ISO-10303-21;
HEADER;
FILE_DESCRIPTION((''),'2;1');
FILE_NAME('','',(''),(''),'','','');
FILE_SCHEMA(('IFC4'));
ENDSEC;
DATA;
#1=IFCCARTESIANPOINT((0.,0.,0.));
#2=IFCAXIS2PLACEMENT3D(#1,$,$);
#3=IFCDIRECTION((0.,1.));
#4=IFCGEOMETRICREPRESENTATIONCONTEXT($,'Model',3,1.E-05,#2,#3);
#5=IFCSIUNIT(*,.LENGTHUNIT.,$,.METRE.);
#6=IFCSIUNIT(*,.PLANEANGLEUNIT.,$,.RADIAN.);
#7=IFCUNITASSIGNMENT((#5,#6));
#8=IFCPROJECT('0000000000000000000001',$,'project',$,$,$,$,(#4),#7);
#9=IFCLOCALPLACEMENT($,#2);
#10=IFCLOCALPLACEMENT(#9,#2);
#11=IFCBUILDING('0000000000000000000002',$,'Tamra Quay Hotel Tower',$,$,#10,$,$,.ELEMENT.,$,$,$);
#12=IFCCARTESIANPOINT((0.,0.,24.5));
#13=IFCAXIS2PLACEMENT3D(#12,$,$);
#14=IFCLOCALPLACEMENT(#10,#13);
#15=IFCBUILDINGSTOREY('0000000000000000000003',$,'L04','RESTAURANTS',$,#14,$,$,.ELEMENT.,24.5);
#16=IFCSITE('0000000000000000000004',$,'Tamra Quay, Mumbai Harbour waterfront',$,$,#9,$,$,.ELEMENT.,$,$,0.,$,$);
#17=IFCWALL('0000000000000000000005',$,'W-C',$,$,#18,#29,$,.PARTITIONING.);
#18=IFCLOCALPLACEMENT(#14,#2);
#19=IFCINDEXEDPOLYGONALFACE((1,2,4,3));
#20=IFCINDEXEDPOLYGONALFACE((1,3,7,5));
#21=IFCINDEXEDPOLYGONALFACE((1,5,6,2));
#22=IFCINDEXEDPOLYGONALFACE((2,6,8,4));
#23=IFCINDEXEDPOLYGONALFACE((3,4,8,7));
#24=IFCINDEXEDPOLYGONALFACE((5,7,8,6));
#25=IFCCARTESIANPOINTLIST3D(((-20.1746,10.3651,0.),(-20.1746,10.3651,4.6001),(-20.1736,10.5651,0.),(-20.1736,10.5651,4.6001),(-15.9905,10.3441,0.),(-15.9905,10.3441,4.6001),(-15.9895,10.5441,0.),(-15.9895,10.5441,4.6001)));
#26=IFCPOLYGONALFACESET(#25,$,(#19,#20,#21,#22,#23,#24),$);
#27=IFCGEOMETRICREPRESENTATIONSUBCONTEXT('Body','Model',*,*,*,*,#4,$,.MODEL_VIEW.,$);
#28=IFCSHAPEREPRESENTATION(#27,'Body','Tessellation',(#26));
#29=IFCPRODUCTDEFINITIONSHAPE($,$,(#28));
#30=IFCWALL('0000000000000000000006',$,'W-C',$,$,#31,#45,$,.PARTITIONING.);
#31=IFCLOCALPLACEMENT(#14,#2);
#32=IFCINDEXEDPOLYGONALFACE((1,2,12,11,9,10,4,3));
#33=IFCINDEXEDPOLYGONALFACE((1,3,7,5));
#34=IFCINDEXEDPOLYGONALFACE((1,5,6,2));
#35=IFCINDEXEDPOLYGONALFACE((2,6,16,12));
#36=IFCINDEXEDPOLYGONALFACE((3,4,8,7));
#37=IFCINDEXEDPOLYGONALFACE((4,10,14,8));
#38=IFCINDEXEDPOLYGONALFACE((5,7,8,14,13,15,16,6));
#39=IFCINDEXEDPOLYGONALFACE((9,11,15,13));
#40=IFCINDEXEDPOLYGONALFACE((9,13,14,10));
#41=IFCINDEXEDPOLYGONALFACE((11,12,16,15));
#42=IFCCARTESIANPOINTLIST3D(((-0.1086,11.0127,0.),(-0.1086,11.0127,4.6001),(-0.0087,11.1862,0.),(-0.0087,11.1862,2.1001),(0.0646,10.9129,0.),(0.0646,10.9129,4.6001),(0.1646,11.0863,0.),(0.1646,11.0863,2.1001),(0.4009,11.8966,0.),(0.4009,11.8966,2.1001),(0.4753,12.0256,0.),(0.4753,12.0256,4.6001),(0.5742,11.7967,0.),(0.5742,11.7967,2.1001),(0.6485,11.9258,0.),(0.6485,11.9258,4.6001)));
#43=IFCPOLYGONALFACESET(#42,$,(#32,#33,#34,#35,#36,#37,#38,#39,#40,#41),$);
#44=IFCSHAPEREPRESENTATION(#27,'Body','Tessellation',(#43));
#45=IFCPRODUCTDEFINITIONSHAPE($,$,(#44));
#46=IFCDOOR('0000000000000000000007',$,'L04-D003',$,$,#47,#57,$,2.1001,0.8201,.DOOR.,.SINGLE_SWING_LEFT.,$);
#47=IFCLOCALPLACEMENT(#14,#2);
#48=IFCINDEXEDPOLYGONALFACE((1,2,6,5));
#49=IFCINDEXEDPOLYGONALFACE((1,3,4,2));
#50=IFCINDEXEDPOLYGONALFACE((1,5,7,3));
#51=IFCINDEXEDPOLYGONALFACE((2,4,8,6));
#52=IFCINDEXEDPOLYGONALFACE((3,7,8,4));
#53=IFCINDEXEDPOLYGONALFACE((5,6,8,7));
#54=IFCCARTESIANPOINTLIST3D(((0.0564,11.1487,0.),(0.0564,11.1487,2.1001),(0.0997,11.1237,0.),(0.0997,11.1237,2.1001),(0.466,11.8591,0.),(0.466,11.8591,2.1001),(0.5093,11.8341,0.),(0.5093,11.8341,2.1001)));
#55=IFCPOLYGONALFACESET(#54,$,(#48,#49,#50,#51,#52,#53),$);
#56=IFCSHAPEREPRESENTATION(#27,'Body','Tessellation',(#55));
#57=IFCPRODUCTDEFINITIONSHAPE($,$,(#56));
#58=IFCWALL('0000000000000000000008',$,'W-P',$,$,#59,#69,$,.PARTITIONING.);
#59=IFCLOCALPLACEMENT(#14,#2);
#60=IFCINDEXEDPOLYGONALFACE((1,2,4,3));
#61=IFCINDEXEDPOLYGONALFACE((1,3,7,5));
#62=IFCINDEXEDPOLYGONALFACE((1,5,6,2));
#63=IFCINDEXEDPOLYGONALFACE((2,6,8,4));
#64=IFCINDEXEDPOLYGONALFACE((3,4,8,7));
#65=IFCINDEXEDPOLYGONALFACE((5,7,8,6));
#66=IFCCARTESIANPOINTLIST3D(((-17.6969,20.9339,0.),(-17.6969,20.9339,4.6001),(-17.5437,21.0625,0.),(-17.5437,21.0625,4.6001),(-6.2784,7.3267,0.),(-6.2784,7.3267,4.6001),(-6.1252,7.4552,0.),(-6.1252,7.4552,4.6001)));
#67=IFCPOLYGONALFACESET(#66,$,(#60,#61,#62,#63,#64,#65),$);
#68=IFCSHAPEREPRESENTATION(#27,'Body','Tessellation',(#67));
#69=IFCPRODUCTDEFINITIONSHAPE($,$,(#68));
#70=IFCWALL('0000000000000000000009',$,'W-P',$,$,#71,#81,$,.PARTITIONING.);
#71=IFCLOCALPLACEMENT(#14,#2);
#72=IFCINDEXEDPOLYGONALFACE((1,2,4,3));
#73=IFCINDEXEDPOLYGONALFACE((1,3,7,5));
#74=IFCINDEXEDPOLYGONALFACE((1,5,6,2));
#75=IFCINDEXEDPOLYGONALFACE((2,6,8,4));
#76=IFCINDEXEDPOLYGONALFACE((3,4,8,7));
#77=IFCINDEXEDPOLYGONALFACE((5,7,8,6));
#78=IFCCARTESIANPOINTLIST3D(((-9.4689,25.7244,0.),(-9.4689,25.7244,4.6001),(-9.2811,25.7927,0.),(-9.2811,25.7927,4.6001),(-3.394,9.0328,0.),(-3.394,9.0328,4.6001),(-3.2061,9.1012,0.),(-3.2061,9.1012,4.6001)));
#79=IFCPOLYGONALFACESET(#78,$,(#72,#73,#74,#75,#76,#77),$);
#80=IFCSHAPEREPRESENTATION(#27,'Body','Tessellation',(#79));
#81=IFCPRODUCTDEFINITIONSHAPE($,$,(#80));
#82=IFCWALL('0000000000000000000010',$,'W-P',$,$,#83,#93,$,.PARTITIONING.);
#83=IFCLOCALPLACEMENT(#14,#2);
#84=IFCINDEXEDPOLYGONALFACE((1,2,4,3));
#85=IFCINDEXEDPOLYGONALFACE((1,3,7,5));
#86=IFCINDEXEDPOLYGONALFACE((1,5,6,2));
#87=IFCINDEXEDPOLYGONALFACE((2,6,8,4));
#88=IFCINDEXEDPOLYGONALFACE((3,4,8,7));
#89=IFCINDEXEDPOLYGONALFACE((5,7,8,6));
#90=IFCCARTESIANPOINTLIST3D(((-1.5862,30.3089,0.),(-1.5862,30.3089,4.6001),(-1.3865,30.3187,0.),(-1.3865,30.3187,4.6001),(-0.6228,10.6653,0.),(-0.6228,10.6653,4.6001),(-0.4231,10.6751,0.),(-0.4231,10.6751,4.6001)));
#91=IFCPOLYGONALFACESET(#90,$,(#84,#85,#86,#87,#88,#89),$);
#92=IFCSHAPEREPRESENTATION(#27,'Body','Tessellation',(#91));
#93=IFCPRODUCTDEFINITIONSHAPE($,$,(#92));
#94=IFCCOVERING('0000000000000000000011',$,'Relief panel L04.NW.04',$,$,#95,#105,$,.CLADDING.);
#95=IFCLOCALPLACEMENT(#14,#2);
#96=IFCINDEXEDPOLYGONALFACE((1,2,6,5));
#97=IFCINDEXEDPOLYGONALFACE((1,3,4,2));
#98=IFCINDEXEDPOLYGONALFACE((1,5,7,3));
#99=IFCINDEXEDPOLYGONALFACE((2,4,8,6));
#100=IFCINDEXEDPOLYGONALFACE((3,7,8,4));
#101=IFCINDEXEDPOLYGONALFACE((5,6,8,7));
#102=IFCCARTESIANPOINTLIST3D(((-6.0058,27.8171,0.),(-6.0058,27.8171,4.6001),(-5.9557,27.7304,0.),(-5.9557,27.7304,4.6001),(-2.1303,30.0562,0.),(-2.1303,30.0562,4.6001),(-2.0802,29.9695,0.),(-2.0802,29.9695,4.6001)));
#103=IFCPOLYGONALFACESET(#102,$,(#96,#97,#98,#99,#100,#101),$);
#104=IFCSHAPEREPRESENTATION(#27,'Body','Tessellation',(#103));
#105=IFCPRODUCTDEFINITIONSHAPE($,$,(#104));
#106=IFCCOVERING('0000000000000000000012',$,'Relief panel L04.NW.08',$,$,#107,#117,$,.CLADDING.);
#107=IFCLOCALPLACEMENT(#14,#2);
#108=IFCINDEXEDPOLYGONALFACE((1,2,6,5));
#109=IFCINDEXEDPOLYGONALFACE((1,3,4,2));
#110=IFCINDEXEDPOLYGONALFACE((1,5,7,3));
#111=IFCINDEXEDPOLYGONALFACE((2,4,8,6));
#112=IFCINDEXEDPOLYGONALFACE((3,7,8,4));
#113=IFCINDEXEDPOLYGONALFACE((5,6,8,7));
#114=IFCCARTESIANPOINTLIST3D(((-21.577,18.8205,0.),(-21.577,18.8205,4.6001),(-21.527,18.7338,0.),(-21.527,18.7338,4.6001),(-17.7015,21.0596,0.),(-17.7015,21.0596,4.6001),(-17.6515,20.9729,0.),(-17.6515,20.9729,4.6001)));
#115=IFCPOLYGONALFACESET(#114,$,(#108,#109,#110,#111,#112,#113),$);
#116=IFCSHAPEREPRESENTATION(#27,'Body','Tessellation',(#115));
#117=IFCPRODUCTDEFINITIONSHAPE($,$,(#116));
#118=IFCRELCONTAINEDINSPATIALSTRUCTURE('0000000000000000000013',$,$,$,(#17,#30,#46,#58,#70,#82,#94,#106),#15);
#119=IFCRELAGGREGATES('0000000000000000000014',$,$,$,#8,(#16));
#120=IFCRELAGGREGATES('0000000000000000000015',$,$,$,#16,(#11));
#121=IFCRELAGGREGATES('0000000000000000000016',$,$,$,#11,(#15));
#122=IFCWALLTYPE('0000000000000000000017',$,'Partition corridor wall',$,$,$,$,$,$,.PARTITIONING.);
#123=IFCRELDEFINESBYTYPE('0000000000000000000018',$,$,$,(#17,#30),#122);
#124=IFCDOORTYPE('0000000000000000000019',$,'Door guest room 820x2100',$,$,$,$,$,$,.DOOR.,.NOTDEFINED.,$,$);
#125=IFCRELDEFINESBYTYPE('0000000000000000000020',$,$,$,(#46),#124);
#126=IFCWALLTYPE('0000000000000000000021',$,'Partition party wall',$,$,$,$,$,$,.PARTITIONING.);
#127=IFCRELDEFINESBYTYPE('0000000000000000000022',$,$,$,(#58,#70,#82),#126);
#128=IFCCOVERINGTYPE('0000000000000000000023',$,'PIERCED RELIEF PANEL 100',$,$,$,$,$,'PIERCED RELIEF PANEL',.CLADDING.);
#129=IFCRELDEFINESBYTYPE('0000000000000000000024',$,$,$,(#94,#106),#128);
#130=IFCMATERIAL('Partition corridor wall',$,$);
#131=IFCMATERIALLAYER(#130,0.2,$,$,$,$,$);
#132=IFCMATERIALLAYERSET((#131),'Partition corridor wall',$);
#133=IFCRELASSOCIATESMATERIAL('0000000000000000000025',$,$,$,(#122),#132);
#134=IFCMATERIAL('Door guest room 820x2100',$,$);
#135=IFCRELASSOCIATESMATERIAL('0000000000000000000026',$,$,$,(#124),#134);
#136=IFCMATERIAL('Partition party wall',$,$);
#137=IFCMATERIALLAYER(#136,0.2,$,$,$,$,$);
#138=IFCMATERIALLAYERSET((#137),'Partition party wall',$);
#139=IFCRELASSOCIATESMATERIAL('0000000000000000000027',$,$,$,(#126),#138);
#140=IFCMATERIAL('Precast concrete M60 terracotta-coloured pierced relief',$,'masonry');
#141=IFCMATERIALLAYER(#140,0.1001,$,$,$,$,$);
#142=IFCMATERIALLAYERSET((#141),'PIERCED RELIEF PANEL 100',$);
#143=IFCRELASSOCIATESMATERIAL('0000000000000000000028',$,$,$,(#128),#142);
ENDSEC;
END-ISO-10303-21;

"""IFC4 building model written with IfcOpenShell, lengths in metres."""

from ifc_helpers import new_model, si_unit, direction, frame, frame_2d, origin, origin_2d, place, context, subcontext, project, spatial, rectangle, extrude, material, layer, layer_set, type_object, element, fill, save


model = new_model("IFC4")

# Units and contexts
model_context = context("Model", 3, precision=1e-05, world=origin(), true_north=direction((0.0, 1.0)))
body_context = subcontext(model_context, "Body", "Model", "MODEL_VIEW")
ifc_project = project(units=[si_unit("LENGTHUNIT", "METRE"), si_unit("PLANEANGLEUNIT", "RADIAN")], contexts=[model_context])

# Site, building, storey
site_placement = place(None, origin())
site = spatial("IfcSite", under=ifc_project, at=site_placement, Name="Tamra Quay, Mumbai Harbour waterfront", CompositionType="ELEMENT", RefElevation=0.0)
building_placement = place(site_placement, origin())
building = spatial("IfcBuilding", under=site, at=building_placement, Name="Tamra Quay Hotel Tower", CompositionType="ELEMENT")
storey_placement = place(building_placement, frame((0.0, 0.0, 24.5)))
storey = spatial("IfcBuildingStorey", under=building, at=storey_placement, Name="L04", Description="RESTAURANTS", CompositionType="ELEMENT", Elevation=24.5)

# Wall
ifc_material_1 = material(Name="Partition corridor wall")
ifc_layer_1 = layer(ifc_material_1, 0.2)
ifc_layer_set_1 = layer_set([ifc_layer_1], Name="Partition corridor wall")
wall_type_1 = type_object("IfcWallType", Name="Partition corridor wall", PredefinedType="PARTITIONING", material=ifc_layer_set_1)
wall_1_placement = place(storey_placement, frame((-20.1741, 10.4651, 0.0), z_axis=(0.0, 0.0, 1.0), x_axis=(0.999987, -0.005018, 0.0)))
element("IfcWall", 1, at=wall_1_placement, inside=storey, type_object=wall_type_1, Name="W-C", PredefinedType="PARTITIONING", context=body_context, shape_type="SweptSolid", body=[
    extrude(rectangle(XDim=4.1841, YDim=0.2, at=frame_2d((2.092, 0.0))), origin(), (0.0, 0.0, 1.0), 4.6001),
])

# Wall, opening, door
wall_2_placement = place(storey_placement, frame((-0.022, 10.9629, 0.0), z_axis=(0.0, 0.0, 1.0), x_axis=(0.499463, 0.866335, 0.0)))
wall_2 = element("IfcWall", 2, at=wall_2_placement, inside=storey, type_object=wall_type_1, Name="W-C", PredefinedType="PARTITIONING", context=body_context, shape_type="SweptSolid", body=[
    extrude(rectangle(XDim=1.1692, YDim=0.2, at=frame_2d((0.5845, 0.0))), origin(), (0.0, 0.0, 1.0), 4.6001),
])
opening_placement = place(wall_2_placement, frame((0.2, 0.0, 0.0)))
opening = element("IfcOpeningElement", 3, at=opening_placement, cuts=wall_2, PredefinedType="OPENING", context=body_context, shape_type="SweptSolid", body=[
    extrude(rectangle(XDim=0.8201, YDim=2.1001, at=frame_2d((0.4102, 1.05))), frame((0.0, 0.1099, 0.0), z_axis=(0.0, -1.0, 0.0), x_axis=(1.0, 0.0, 0.0)), (0.0, 0.0, 1.0), 0.22),
])
ifc_material_2 = material(Name="Door guest room 820x2100")
door_type = type_object("IfcDoorType", Name="Door guest room 820x2100", OperationType="NOTDEFINED", PredefinedType="DOOR", material=ifc_material_2)
door_placement = place(opening_placement, origin())
door = element("IfcDoor", 4, at=door_placement, inside=storey, type_object=door_type, Name="L04-D003", OperationType="SINGLE_SWING_LEFT", OverallHeight=2.1001, OverallWidth=0.8201, PredefinedType="DOOR", context=body_context, shape_type="SweptSolid", body=[
    extrude(rectangle(XDim=0.8201, YDim=2.1001, at=frame_2d((0.4102, 1.05))), frame((0.0, 0.0249, 0.0), z_axis=(0.0, -1.0, 0.0), x_axis=(1.0, 0.0, 0.0)), (0.0, 0.0, 1.0), 0.05),
])
fill(opening, door)

# Walls
ifc_material_3 = material(Name="Partition party wall")
ifc_layer_2 = layer(ifc_material_3, 0.2)
ifc_layer_set_2 = layer_set([ifc_layer_2], Name="Partition party wall")
wall_type_2 = type_object("IfcWallType", Name="Partition party wall", PredefinedType="PARTITIONING", material=ifc_layer_set_2)
wall_3_placement = place(storey_placement, frame((-17.6204, 20.9983, 0.0), z_axis=(0.0, 0.0, 1.0), x_axis=(0.64281, -0.766026, 0.0)))
element("IfcWall", 5, at=wall_3_placement, inside=storey, type_object=wall_type_2, Name="W-P", PredefinedType="PARTITIONING", context=body_context, shape_type="SweptSolid", body=[
    extrude(rectangle(XDim=17.7634, YDim=0.2, at=frame_2d((8.8818, 0.0))), origin(), (0.0, 0.0, 1.0), 4.6001),
])
wall_4_placement = place(storey_placement, frame((-9.375, 25.7585, 0.0), z_axis=(0.0, 0.0, 1.0), x_axis=(0.342005, -0.939698, 0.0)))
element("IfcWall", 6, at=wall_4_placement, inside=storey, type_object=wall_type_2, Name="W-P", PredefinedType="PARTITIONING", context=body_context, shape_type="SweptSolid", body=[
    extrude(rectangle(XDim=17.7627, YDim=0.2, at=frame_2d((8.8813, 0.0))), origin(), (0.0, 0.0, 1.0), 4.6001),
])
wall_5_placement = place(storey_placement, frame((-1.4863, 30.3137, 0.0), z_axis=(0.0, 0.0, 1.0), x_axis=(0.048984, -0.9988, 0.0)))
element("IfcWall", 7, at=wall_5_placement, inside=storey, type_object=wall_type_2, Name="W-P", PredefinedType="PARTITIONING", context=body_context, shape_type="SweptSolid", body=[
    extrude(rectangle(XDim=19.6672, YDim=0.2, at=frame_2d((9.8335, 0.0))), origin(), (0.0, 0.0, 1.0), 4.6001),
])

# Coverings
ifc_material_4 = material(Name="Precast concrete M60 terracotta-coloured pierced relief", Category="masonry")
ifc_layer_3 = layer(ifc_material_4, 0.1001)
ifc_layer_set_3 = layer_set([ifc_layer_3], Name="PIERCED RELIEF PANEL 100")
covering_type_1 = type_object("IfcCoveringType", Name="PIERCED RELIEF PANEL 100", ElementType="PIERCED RELIEF PANEL", PredefinedType="CLADDING", material=ifc_layer_set_3)
for number, where, z_axis, x_axis, name in (
    (8, (-4.043, 28.8933, 0.0), (0.0, 0.0, 1.0), (-0.865872, -0.500265, 0.0), "Relief panel L04.NW.04"),
    (9, (-19.6143, 19.8967, 0.0), (0.0, 0.0, 1.0), (-0.865872, -0.500265, 0.0), "Relief panel L04.NW.08"),
):
    element("IfcCovering", number, at=place(storey_placement, frame(where, z_axis=z_axis, x_axis=x_axis)), inside=storey, type_object=covering_type_1, Name=name, PredefinedType="CLADDING", context=body_context, shape_type="SweptSolid", body=[
        extrude(rectangle(XDim=4.4758, YDim=0.1001, at=origin_2d()), origin(), (0.0, 0.0, 1.0), 4.6001),
    ])

save(model, "model.ifc")
